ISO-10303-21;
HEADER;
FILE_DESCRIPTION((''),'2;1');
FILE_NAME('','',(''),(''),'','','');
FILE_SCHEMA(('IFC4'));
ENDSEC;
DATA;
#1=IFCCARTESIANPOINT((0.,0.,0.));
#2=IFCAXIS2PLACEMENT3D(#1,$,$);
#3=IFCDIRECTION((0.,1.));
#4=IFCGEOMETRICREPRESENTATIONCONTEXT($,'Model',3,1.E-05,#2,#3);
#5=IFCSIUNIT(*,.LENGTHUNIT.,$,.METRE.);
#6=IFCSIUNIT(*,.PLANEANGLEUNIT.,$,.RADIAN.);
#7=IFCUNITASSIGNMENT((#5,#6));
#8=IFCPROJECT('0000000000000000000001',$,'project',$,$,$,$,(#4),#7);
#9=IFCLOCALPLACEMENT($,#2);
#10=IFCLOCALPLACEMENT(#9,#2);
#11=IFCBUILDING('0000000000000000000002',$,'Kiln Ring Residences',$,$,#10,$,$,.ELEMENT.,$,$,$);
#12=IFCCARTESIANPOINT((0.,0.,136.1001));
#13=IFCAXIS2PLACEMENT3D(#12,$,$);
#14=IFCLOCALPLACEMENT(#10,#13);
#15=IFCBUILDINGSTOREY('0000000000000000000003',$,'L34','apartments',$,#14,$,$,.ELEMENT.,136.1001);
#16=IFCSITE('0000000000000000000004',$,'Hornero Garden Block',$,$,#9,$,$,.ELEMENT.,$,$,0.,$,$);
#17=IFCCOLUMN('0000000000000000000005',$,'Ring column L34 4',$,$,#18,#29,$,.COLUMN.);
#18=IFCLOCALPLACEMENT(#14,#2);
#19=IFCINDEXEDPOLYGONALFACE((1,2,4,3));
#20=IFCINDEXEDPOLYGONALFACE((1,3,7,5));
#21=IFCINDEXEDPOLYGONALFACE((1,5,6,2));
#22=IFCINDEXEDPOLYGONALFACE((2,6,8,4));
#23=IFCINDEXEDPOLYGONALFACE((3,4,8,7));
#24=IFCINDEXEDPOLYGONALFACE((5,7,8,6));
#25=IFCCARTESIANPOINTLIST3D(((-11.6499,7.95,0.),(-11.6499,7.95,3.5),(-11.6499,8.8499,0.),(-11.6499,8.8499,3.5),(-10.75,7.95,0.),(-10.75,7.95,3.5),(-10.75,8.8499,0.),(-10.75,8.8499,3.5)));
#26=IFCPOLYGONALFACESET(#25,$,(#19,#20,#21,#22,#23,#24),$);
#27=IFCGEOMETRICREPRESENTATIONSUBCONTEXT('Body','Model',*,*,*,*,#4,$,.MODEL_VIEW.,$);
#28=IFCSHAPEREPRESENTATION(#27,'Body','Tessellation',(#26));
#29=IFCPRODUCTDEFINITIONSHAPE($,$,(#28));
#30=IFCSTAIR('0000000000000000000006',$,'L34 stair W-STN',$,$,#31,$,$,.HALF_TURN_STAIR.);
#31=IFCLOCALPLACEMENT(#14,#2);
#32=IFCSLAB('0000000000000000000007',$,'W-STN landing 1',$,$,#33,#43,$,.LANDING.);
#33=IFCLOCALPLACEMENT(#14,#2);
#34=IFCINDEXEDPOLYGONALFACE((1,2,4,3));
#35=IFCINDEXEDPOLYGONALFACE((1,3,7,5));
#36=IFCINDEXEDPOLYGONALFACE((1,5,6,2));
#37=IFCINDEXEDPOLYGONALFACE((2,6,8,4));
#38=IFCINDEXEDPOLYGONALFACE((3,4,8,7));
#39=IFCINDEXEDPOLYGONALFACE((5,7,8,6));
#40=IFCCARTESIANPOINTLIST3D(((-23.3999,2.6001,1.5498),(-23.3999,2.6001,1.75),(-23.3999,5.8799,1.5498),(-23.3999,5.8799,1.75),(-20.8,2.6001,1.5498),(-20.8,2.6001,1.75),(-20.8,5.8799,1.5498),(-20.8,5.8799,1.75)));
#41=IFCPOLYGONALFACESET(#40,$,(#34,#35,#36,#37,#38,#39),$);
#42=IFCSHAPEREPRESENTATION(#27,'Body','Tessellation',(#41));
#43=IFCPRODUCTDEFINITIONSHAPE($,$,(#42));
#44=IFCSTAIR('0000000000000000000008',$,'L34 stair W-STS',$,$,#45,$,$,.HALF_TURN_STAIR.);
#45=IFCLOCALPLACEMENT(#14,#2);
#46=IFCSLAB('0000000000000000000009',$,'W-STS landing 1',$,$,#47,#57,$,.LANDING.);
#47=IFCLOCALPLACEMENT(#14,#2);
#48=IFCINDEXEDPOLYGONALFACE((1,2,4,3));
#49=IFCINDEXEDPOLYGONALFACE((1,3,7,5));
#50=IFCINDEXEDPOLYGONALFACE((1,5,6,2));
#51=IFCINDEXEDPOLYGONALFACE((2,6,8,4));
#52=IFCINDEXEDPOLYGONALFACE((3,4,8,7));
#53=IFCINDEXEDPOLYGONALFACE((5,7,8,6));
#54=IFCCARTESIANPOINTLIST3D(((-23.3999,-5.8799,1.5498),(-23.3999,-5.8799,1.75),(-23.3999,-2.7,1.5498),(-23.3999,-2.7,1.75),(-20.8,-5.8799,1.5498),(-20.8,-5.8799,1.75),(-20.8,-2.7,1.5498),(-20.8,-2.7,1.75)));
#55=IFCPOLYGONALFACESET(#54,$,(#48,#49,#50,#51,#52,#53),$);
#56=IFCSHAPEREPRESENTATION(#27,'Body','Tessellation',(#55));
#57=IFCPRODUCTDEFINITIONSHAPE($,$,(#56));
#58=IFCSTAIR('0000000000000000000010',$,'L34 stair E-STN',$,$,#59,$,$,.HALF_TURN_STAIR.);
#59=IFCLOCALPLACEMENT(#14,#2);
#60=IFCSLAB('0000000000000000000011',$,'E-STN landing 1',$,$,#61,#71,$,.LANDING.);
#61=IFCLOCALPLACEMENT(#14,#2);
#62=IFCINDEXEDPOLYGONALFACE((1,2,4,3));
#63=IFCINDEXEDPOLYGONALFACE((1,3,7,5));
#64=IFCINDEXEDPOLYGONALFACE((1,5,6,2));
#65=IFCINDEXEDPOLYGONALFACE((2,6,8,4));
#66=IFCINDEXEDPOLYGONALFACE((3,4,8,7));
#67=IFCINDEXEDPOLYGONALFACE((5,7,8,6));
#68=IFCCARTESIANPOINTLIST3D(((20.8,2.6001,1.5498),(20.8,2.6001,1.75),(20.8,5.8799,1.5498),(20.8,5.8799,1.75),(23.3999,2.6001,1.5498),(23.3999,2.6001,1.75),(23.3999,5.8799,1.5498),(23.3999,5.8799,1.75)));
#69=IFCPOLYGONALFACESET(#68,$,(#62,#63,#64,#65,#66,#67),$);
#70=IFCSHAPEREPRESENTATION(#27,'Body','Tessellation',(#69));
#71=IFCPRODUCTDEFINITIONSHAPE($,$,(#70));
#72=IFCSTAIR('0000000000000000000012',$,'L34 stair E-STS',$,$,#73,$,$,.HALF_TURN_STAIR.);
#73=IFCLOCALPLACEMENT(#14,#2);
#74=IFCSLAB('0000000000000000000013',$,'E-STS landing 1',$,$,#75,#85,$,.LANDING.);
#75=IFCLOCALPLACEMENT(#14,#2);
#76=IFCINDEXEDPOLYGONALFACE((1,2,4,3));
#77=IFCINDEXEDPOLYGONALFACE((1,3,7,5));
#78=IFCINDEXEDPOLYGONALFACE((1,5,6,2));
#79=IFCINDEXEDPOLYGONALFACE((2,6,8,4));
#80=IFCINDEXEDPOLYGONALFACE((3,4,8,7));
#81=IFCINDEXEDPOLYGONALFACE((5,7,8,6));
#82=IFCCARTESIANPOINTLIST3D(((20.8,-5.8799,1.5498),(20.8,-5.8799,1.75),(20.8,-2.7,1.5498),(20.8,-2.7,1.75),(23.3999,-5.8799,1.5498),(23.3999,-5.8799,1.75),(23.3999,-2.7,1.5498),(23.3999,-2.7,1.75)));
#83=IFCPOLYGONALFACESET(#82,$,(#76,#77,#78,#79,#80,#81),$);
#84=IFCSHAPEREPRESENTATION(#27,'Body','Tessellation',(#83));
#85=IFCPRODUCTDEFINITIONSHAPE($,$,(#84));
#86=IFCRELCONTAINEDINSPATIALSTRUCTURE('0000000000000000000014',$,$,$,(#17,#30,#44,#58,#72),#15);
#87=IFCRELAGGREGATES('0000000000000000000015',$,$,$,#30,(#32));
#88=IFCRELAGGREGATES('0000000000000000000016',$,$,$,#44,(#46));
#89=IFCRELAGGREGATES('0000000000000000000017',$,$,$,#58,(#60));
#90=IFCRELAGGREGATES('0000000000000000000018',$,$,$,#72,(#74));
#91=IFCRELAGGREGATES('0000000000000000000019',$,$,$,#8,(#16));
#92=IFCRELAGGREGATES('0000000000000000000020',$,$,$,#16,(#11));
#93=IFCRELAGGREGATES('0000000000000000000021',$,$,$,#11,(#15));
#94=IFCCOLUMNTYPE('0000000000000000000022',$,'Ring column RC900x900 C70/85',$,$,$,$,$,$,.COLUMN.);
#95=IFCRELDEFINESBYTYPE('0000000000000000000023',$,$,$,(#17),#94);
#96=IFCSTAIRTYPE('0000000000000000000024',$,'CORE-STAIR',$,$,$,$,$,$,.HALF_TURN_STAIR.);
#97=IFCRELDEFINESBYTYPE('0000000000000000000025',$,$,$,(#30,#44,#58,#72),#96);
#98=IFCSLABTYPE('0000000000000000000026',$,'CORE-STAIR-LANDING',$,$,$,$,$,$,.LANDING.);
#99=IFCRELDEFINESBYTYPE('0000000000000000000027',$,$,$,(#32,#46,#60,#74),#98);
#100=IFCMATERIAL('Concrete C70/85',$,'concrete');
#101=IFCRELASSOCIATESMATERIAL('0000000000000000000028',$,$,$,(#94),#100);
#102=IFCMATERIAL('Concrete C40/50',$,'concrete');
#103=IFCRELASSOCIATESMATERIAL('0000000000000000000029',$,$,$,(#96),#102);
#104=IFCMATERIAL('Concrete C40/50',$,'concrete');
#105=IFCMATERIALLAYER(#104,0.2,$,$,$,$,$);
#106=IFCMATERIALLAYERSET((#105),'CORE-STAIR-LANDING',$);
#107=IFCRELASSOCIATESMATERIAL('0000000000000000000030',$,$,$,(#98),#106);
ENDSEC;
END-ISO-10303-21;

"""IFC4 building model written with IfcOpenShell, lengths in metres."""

from ifc_helpers import new_model, si_unit, direction, frame, origin, origin_2d, place, context, subcontext, project, spatial, polyline, rectangle, outline, extrude, material, layer, layer_set, material_profile, profile_set, type_object, element, aggregate, save


model = new_model("IFC4")

# Units and contexts
model_context = context("Model", 3, precision=1e-05, world=origin(), true_north=direction((0.0, 1.0)))
body_context = subcontext(model_context, "Body", "Model", "MODEL_VIEW")
ifc_project = project(units=[si_unit("LENGTHUNIT", "METRE"), si_unit("PLANEANGLEUNIT", "RADIAN")], contexts=[model_context])

# Site, building, storey
site_placement = place(None, origin())
site = spatial("IfcSite", under=ifc_project, at=site_placement, Name="Hornero Garden Block", CompositionType="ELEMENT", RefElevation=0.0)
building_placement = place(site_placement, origin())
building = spatial("IfcBuilding", under=site, at=building_placement, Name="Kiln Ring Residences", CompositionType="ELEMENT")
storey_placement = place(building_placement, frame((0.0, 0.0, 136.1001)))
storey = spatial("IfcBuildingStorey", under=building, at=storey_placement, Name="L34", Description="apartments", CompositionType="ELEMENT", Elevation=136.1001)

# Column
ifc_material_1 = material(Name="Concrete C70/85", Category="concrete")
ifc_material_profile = material_profile(ifc_material_1, rectangle(XDim=0.8999, YDim=0.8999, at=origin_2d()), Name="RC900x900")
ifc_profile_set = profile_set([ifc_material_profile], Name="Concrete C70/85")
column_type = type_object("IfcColumnType", Name="Ring column RC900x900 C70/85", PredefinedType="COLUMN", material=ifc_profile_set)
column_placement = place(storey_placement, frame((-11.2, 8.3999, 0.0), z_axis=(0.0, 0.0, 1.0), x_axis=(1.0, 0.0, 0.0)))
element("IfcColumn", 1, at=column_placement, inside=storey, type_object=column_type, Name="Ring column L34 4", PredefinedType="COLUMN", context=body_context, shape_type="SweptSolid", body=[
    extrude(rectangle(XDim=0.8999, YDim=0.8999, at=origin_2d()), origin(), (0.0, 0.0, 1.0), 3.5),
])

# Stairs, slabs
ifc_material_2 = material(Name="Concrete C40/50", Category="concrete")
stair_type = type_object("IfcStairType", Name="CORE-STAIR", PredefinedType="HALF_TURN_STAIR", material=ifc_material_2)
placement_1 = place(storey_placement, origin())
stair_1 = element("IfcStair", 2, at=placement_1, inside=storey, type_object=stair_type, Name="L34 stair W-STN", PredefinedType="HALF_TURN_STAIR")
ifc_material_3 = material(Name="Concrete C40/50", Category="concrete")
ifc_layer_1 = layer(ifc_material_3, 0.2)
ifc_layer_set_1 = layer_set([ifc_layer_1], Name="CORE-STAIR-LANDING")
slab_type = type_object("IfcSlabType", Name="CORE-STAIR-LANDING", PredefinedType="LANDING", material=ifc_layer_set_1)
placement_2 = place(storey_placement, frame((0.0, 0.0, 1.5498)))
slab_1 = element("IfcSlab", 3, at=placement_2, type_object=slab_type, Name="W-STN landing 1", PredefinedType="LANDING", context=body_context, shape_type="SweptSolid", body=[
    extrude(outline(polyline([(-23.3999, 5.8799), (-23.3999, 2.6001), (-20.8, 2.6001), (-20.8, 5.8799), (-23.3999, 5.8799)])), origin(), (0.0, 0.0, 1.0), 0.2002),
])
aggregate(stair_1, [slab_1])
stair_2 = element("IfcStair", 4, at=placement_1, inside=storey, type_object=stair_type, Name="L34 stair W-STS", PredefinedType="HALF_TURN_STAIR")
slab_2 = element("IfcSlab", 5, at=placement_2, type_object=slab_type, Name="W-STS landing 1", PredefinedType="LANDING", context=body_context, shape_type="SweptSolid", body=[
    extrude(outline(polyline([(-20.8, -5.8799), (-20.8, -2.7), (-23.3999, -2.7), (-23.3999, -5.8799), (-20.8, -5.8799)])), origin(), (0.0, 0.0, 1.0), 0.2002),
])
aggregate(stair_2, [slab_2])
stair_3 = element("IfcStair", 6, at=placement_1, inside=storey, type_object=stair_type, Name="L34 stair E-STN", PredefinedType="HALF_TURN_STAIR")
slab_3 = element("IfcSlab", 7, at=placement_2, type_object=slab_type, Name="E-STN landing 1", PredefinedType="LANDING", context=body_context, shape_type="SweptSolid", body=[
    extrude(outline(polyline([(20.8, 5.8799), (20.8, 2.6001), (23.3999, 2.6001), (23.3999, 5.8799), (20.8, 5.8799)])), origin(), (0.0, 0.0, 1.0), 0.2002),
])
aggregate(stair_3, [slab_3])
stair_4 = element("IfcStair", 8, at=placement_1, inside=storey, type_object=stair_type, Name="L34 stair E-STS", PredefinedType="HALF_TURN_STAIR")
slab_4 = element("IfcSlab", 9, at=placement_2, type_object=slab_type, Name="E-STS landing 1", PredefinedType="LANDING", context=body_context, shape_type="SweptSolid", body=[
    extrude(outline(polyline([(23.3999, -5.8799), (23.3999, -2.7), (20.8, -2.7), (20.8, -5.8799), (23.3999, -5.8799)])), origin(), (0.0, 0.0, 1.0), 0.2002),
])
aggregate(stair_4, [slab_4])

save(model, "model.ifc")
